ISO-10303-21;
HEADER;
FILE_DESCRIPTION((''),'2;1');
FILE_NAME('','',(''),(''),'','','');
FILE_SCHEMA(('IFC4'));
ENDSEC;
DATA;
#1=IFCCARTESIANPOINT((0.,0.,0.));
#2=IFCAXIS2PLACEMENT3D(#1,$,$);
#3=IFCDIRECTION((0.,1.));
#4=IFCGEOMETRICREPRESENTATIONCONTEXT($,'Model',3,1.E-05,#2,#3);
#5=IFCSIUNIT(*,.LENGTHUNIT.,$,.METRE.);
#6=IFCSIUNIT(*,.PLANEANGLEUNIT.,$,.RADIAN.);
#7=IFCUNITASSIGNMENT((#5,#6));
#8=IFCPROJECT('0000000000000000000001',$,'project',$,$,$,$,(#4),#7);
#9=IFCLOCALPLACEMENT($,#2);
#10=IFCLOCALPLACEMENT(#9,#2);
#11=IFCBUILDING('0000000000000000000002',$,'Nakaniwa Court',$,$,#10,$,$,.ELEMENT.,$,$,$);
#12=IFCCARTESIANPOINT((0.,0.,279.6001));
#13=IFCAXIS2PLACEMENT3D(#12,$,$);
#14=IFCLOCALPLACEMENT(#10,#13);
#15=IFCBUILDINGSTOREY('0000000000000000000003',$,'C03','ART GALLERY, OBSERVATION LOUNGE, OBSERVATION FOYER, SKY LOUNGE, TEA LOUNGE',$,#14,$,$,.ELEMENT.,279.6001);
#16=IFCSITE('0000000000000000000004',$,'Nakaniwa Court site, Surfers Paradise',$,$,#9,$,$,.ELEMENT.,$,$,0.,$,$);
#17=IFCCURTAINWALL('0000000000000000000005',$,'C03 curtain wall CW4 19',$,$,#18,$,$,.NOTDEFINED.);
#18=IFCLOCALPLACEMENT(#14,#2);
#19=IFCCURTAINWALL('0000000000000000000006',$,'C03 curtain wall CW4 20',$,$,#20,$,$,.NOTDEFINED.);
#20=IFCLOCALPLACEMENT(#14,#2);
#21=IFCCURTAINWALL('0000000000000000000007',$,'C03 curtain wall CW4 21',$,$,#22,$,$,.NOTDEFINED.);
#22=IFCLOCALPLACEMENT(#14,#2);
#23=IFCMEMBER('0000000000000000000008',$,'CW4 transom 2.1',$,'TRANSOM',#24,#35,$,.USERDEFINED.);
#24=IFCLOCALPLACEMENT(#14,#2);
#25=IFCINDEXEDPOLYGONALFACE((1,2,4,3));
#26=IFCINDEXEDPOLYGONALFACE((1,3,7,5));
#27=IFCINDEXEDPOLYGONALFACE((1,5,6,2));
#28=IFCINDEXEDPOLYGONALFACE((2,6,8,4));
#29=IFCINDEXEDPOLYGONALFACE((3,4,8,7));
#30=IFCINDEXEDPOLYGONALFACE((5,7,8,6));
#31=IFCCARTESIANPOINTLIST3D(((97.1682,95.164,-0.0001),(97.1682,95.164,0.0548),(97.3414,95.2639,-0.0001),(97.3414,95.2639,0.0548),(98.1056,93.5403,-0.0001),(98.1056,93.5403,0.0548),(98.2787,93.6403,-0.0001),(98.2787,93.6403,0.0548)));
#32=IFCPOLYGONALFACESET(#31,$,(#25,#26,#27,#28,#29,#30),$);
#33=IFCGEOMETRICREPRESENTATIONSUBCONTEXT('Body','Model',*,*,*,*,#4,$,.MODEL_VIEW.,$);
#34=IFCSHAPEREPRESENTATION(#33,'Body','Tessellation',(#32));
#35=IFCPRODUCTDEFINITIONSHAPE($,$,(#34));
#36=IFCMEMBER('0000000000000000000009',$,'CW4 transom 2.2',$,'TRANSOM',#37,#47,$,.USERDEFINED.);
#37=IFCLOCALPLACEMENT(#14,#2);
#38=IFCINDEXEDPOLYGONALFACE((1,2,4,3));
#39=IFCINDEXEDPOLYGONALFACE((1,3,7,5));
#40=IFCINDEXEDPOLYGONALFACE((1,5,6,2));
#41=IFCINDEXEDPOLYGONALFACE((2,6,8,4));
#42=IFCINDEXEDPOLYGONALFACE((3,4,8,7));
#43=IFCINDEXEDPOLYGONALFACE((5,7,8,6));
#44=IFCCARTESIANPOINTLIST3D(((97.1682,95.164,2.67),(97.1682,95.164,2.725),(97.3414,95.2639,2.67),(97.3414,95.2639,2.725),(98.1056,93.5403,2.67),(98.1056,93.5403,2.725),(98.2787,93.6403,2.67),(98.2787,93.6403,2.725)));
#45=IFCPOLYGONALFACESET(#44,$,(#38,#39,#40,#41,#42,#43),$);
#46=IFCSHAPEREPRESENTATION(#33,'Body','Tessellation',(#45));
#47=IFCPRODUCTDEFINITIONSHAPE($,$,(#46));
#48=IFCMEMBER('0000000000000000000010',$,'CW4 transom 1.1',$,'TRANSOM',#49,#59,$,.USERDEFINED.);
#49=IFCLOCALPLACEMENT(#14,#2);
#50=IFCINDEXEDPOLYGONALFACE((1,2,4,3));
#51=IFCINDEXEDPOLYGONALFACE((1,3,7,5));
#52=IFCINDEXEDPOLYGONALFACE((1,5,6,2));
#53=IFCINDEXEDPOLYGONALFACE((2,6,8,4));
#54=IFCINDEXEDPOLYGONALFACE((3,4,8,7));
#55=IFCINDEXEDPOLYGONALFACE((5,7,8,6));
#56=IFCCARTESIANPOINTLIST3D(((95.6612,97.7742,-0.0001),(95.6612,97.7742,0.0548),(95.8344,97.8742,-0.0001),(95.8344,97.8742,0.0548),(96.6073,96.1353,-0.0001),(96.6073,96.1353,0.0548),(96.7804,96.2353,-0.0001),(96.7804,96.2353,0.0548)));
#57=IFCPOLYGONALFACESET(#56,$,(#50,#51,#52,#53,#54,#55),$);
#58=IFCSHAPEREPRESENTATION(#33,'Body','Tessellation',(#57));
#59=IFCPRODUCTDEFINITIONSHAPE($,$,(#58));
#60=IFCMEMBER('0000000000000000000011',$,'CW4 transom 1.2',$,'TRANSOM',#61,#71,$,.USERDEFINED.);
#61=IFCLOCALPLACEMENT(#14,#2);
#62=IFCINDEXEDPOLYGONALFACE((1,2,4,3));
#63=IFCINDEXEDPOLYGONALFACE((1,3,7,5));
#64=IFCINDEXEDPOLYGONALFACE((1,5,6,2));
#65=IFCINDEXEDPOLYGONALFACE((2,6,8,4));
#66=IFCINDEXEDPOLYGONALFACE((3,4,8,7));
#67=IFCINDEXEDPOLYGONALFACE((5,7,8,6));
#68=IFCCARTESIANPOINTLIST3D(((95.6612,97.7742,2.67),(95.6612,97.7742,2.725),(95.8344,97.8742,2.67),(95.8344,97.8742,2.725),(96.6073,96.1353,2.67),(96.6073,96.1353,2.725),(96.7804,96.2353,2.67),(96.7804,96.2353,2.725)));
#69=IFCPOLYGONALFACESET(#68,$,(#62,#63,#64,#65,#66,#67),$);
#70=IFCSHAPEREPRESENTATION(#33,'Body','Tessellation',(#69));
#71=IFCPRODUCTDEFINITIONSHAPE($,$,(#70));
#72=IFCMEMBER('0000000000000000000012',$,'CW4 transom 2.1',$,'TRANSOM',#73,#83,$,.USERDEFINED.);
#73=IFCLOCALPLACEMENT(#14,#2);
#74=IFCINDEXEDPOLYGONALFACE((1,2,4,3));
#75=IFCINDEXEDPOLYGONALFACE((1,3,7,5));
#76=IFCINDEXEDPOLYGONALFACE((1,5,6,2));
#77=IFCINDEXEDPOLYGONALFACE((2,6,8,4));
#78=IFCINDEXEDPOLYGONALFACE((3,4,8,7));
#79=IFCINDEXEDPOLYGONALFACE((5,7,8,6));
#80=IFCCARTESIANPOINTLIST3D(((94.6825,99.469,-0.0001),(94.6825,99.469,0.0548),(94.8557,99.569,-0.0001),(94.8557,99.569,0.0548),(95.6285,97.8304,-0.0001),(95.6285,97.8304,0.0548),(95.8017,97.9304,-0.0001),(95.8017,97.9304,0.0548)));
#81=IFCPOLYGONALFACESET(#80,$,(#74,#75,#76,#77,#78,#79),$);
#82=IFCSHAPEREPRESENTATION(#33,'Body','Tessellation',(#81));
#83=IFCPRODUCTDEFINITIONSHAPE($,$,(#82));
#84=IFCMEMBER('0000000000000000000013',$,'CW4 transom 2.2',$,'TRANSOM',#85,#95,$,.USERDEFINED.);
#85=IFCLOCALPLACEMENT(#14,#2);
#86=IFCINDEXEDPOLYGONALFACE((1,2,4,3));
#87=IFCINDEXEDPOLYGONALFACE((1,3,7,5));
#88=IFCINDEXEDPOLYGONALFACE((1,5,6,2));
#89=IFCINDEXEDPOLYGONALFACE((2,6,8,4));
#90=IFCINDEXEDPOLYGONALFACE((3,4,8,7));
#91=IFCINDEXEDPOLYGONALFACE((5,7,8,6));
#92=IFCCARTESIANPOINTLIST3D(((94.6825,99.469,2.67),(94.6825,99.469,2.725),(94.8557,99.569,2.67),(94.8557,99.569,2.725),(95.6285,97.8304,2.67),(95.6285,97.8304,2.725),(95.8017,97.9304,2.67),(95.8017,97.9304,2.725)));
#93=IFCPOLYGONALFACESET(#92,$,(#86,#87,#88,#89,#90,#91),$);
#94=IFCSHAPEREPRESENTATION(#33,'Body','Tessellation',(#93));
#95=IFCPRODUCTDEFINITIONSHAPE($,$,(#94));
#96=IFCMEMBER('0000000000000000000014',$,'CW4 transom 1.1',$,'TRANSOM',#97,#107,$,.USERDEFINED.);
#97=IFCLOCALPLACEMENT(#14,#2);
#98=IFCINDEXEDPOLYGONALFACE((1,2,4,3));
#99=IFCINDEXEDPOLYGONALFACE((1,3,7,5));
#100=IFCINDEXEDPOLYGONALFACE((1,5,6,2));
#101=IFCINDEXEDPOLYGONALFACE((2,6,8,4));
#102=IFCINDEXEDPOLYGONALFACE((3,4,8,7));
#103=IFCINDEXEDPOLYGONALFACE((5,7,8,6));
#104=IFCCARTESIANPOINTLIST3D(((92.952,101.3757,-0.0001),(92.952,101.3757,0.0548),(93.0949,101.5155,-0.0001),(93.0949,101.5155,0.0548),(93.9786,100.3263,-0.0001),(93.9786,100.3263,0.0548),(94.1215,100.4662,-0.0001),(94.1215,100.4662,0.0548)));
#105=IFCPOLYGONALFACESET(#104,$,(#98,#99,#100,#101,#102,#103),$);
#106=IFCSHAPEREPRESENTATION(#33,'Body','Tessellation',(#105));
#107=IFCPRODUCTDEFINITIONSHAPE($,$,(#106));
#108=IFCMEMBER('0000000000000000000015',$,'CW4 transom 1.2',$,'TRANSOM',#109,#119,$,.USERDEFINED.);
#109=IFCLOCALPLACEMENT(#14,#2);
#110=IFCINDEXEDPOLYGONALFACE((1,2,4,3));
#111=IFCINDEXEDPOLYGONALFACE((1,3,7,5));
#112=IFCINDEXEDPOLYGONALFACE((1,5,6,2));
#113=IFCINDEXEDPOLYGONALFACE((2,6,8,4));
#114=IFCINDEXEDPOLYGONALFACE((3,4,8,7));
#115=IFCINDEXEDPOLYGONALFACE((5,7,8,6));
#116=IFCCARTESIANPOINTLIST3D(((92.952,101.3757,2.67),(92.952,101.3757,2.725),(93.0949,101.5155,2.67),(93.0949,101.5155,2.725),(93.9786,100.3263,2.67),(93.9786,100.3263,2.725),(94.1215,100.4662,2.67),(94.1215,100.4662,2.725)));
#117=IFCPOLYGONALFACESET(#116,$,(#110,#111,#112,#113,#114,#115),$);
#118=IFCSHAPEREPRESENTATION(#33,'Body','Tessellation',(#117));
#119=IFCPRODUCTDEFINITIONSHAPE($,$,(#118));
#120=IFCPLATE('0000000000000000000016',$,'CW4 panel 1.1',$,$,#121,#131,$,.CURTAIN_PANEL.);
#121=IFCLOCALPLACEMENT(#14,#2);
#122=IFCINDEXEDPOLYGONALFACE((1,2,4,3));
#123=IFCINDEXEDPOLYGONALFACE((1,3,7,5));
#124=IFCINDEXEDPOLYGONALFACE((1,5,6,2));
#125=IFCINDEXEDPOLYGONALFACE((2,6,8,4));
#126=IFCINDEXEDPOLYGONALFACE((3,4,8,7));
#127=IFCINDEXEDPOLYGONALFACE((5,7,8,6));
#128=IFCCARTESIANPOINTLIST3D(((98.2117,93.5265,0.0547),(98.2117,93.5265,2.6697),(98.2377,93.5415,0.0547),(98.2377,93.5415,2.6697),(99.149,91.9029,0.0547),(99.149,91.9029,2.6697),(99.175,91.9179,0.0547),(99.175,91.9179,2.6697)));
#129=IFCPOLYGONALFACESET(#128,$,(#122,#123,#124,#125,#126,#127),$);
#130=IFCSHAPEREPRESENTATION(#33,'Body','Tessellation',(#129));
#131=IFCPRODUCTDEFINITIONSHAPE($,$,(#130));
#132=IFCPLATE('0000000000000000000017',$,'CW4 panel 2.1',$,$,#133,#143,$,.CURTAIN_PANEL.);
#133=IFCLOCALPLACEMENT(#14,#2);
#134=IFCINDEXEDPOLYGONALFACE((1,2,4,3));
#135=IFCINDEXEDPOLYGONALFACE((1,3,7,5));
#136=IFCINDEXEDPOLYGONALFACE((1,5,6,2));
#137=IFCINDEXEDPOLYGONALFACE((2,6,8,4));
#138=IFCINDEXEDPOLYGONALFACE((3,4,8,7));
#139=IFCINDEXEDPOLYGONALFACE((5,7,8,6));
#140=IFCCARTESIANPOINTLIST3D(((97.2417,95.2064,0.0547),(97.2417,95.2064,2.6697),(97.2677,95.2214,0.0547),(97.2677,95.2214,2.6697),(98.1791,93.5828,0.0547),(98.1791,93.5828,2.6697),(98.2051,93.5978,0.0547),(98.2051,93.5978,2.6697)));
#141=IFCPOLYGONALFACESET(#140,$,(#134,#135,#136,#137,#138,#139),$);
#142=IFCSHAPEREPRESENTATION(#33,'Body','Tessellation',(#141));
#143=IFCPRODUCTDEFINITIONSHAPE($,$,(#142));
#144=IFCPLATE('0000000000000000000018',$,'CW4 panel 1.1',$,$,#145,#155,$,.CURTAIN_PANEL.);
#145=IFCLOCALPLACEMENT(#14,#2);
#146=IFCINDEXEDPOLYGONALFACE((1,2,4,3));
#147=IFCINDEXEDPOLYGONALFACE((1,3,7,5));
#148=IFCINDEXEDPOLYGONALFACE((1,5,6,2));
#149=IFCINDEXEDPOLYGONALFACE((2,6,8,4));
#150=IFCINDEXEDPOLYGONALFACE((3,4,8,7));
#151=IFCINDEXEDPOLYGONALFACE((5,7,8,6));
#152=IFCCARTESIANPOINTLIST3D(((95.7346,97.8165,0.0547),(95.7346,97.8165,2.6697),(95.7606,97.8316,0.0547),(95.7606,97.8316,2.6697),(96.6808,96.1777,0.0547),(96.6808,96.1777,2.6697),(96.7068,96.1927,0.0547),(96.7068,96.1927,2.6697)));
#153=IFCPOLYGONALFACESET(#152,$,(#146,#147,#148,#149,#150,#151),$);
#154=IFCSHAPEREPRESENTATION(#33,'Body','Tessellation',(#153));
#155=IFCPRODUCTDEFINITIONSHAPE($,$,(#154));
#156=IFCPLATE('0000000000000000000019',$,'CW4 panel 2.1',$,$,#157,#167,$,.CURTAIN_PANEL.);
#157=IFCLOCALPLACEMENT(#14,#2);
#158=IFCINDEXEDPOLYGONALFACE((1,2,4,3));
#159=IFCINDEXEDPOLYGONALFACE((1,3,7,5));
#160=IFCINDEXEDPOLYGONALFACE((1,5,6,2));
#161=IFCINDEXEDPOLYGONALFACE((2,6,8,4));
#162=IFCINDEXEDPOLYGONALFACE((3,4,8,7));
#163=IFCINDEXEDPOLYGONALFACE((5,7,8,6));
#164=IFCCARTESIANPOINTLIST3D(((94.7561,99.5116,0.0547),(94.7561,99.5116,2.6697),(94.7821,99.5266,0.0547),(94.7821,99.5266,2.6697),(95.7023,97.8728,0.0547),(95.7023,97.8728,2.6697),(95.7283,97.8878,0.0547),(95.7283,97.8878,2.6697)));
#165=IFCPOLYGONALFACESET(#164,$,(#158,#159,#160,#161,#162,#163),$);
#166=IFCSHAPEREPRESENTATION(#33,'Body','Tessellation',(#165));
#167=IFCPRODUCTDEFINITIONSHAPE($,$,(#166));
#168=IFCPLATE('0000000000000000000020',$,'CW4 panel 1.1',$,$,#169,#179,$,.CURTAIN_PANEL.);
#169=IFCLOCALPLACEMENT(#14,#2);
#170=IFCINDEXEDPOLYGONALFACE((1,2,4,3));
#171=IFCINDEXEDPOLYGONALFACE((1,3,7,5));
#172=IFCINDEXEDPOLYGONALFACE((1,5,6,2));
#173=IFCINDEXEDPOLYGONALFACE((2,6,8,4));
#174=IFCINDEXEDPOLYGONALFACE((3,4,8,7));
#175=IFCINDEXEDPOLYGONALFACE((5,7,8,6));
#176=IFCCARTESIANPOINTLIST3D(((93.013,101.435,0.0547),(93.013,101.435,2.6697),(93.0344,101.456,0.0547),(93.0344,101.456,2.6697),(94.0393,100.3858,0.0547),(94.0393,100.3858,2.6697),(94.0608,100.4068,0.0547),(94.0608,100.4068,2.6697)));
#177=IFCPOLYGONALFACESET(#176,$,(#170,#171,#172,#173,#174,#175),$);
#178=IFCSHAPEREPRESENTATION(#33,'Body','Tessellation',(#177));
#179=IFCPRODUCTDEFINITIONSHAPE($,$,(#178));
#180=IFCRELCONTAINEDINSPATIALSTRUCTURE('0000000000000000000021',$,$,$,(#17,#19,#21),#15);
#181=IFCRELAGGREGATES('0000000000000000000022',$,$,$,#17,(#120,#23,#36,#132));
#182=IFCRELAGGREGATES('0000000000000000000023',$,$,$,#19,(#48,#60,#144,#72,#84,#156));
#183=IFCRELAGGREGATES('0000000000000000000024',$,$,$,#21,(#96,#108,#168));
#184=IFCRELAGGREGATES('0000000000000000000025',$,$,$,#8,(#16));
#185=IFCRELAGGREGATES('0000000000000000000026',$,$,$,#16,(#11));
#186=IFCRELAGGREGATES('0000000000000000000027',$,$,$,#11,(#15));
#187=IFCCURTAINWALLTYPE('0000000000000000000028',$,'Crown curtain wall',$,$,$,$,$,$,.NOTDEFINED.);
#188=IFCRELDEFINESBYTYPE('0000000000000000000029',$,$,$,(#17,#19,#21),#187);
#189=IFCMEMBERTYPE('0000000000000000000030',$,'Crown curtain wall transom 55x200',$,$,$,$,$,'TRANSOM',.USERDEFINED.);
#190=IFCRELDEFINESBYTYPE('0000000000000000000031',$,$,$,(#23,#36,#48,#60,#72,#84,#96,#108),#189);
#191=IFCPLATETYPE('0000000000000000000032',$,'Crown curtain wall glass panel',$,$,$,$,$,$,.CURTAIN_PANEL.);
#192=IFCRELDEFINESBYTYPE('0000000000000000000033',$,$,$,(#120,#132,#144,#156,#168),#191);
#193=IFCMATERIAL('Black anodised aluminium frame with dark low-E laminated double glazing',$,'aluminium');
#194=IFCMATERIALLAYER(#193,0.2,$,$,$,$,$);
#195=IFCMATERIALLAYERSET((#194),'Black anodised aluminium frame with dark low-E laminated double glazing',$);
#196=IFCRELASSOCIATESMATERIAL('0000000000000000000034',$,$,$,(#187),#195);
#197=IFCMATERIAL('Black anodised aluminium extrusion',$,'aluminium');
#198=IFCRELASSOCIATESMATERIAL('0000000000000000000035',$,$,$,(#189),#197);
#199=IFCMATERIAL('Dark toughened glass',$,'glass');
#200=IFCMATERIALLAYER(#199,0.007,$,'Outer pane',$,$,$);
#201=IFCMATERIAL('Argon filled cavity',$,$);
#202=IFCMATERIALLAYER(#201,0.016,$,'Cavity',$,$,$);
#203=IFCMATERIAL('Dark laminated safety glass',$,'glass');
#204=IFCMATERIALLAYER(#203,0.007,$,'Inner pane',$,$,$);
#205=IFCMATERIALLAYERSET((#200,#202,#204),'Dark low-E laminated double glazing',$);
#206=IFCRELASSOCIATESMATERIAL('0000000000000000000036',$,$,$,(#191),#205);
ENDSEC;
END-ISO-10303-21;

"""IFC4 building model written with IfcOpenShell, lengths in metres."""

from ifc_helpers import new_model, si_unit, direction, frame, origin, origin_2d, place, context, subcontext, project, spatial, rectangle, extrude, material, layer, layer_set, material_profile, profile_set, type_object, element, aggregate, save


model = new_model("IFC4")

# Units and contexts
model_context = context("Model", 3, precision=1e-05, world=origin(), true_north=direction((0.0, 1.0)))
body_context = subcontext(model_context, "Body", "Model", "MODEL_VIEW")
ifc_project = project(units=[si_unit("LENGTHUNIT", "METRE"), si_unit("PLANEANGLEUNIT", "RADIAN")], contexts=[model_context])

# Site, building, storey
site_placement = place(None, origin())
site = spatial("IfcSite", under=ifc_project, at=site_placement, Name="Nakaniwa Court site, Surfers Paradise", CompositionType="ELEMENT", RefElevation=0.0)
building_placement = place(site_placement, origin())
building = spatial("IfcBuilding", under=site, at=building_placement, Name="Nakaniwa Court", CompositionType="ELEMENT")
storey_placement = place(building_placement, frame((0.0, 0.0, 279.6001)))
storey = spatial("IfcBuildingStorey", under=building, at=storey_placement, Name="C03", Description="ART GALLERY, OBSERVATION LOUNGE, OBSERVATION FOYER, SKY LOUNGE, TEA LOUNGE", CompositionType="ELEMENT", Elevation=279.6001)

# Curtain walls
ifc_material_1 = material(Name="Black anodised aluminium frame with dark low-E laminated double glazing", Category="aluminium")
ifc_layer_1 = layer(ifc_material_1, 0.2)
ifc_layer_set_1 = layer_set([ifc_layer_1], Name="Black anodised aluminium frame with dark low-E laminated double glazing")
curtain_wall_type = type_object("IfcCurtainWallType", Name="Crown curtain wall", PredefinedType="NOTDEFINED", material=ifc_layer_set_1)
curtain_wall_1_placement = place(storey_placement, origin())
curtain_wall_1 = element("IfcCurtainWall", 1, at=curtain_wall_1_placement, inside=storey, type_object=curtain_wall_type, Name="C03 curtain wall CW4 19", PredefinedType="NOTDEFINED")
ifc_material_2 = material(Name="Black anodised aluminium extrusion", Category="aluminium")
curtain_wall_2_placement = place(storey_placement, origin())
curtain_wall_2 = element("IfcCurtainWall", 2, at=curtain_wall_2_placement, inside=storey, type_object=curtain_wall_type, Name="C03 curtain wall CW4 20", PredefinedType="NOTDEFINED")
curtain_wall_3_placement = place(storey_placement, origin())
curtain_wall_3 = element("IfcCurtainWall", 3, at=curtain_wall_3_placement, inside=storey, type_object=curtain_wall_type, Name="C03 curtain wall CW4 21", PredefinedType="NOTDEFINED")

# Members
ifc_material_profile_1 = material_profile(ifc_material_2, rectangle(XDim=0.2, YDim=0.0549, at=origin_2d()), Name="Crown curtain wall transom 55x200")
ifc_profile_set_1 = profile_set([ifc_material_profile_1], Name="Black anodised aluminium extrusion")
member_type_1 = type_object("IfcMemberType", Name="Crown curtain wall transom 55x200", ElementType="TRANSOM", PredefinedType="USERDEFINED", material=ifc_profile_set_1)
member_1_placement = place(storey_placement, frame((98.1921, 93.5903, 0.0273), z_axis=(-0.499963, 0.866047, 0.0), x_axis=(-0.866047, -0.499963, 0.0)))
member_1 = element("IfcMember", 4, at=member_1_placement, type_object=member_type_1, Name="CW4 transom 2.1", ObjectType="TRANSOM", PredefinedType="USERDEFINED", context=body_context, shape_type="SweptSolid", body=[
    extrude(rectangle(XDim=0.2, YDim=0.0549, at=origin_2d()), origin(), (0.0, 0.0, 1.0), 1.8748),
])
member_2_placement = place(storey_placement, frame((98.1921, 93.5903, 2.6975), z_axis=(-0.499963, 0.866047, 0.0), x_axis=(-0.866047, -0.499963, 0.0)))
member_2 = element("IfcMember", 5, at=member_2_placement, type_object=member_type_1, Name="CW4 transom 2.2", ObjectType="TRANSOM", PredefinedType="USERDEFINED", context=body_context, shape_type="SweptSolid", body=[
    extrude(rectangle(XDim=0.2, YDim=0.0549, at=origin_2d()), origin(), (0.0, 0.0, 1.0), 1.8748),
])
member_3_placement = place(storey_placement, frame((96.6938, 96.1853, 0.0273), z_axis=(-0.499927, 0.866067, 0.0), x_axis=(-0.866067, -0.499927, 0.0)))
member_3 = element("IfcMember", 6, at=member_3_placement, type_object=member_type_1, Name="CW4 transom 1.1", ObjectType="TRANSOM", PredefinedType="USERDEFINED", context=body_context, shape_type="SweptSolid", body=[
    extrude(rectangle(XDim=0.2, YDim=0.0549, at=origin_2d()), origin(), (0.0, 0.0, 1.0), 1.8923),
])
member_4_placement = place(storey_placement, frame((96.6938, 96.1853, 2.6975), z_axis=(-0.499927, 0.866067, 0.0), x_axis=(-0.866067, -0.499927, 0.0)))
member_4 = element("IfcMember", 7, at=member_4_placement, type_object=member_type_1, Name="CW4 transom 1.2", ObjectType="TRANSOM", PredefinedType="USERDEFINED", context=body_context, shape_type="SweptSolid", body=[
    extrude(rectangle(XDim=0.2, YDim=0.0549, at=origin_2d()), origin(), (0.0, 0.0, 1.0), 1.8923),
])
member_5_placement = place(storey_placement, frame((95.7151, 97.8804, 0.0273), z_axis=(-0.499983, 0.866035, 0.0), x_axis=(-0.866035, -0.499983, 0.0)))
member_5 = element("IfcMember", 8, at=member_5_placement, type_object=member_type_1, Name="CW4 transom 2.1", ObjectType="TRANSOM", PredefinedType="USERDEFINED", context=body_context, shape_type="SweptSolid", body=[
    extrude(rectangle(XDim=0.2, YDim=0.0549, at=origin_2d()), origin(), (0.0, 0.0, 1.0), 1.8921),
])
member_6_placement = place(storey_placement, frame((95.7151, 97.8804, 2.6975), z_axis=(-0.499983, 0.866035, 0.0), x_axis=(-0.866035, -0.499983, 0.0)))
member_6 = element("IfcMember", 9, at=member_6_placement, type_object=member_type_1, Name="CW4 transom 2.2", ObjectType="TRANSOM", PredefinedType="USERDEFINED", context=body_context, shape_type="SweptSolid", body=[
    extrude(rectangle(XDim=0.2, YDim=0.0549, at=origin_2d()), origin(), (0.0, 0.0, 1.0), 1.8921),
])
member_7_placement = place(storey_placement, frame((94.05, 100.3962, 0.0273), z_axis=(-0.699331, 0.714798, 0.0), x_axis=(-0.714798, -0.699331, 0.0)))
member_7 = element("IfcMember", 10, at=member_7_placement, type_object=member_type_1, Name="CW4 transom 1.1", ObjectType="TRANSOM", PredefinedType="USERDEFINED", context=body_context, shape_type="SweptSolid", body=[
    extrude(rectangle(XDim=0.2, YDim=0.0549, at=origin_2d()), origin(), (0.0, 0.0, 1.0), 1.468),
])
member_8_placement = place(storey_placement, frame((94.05, 100.3962, 2.6975), z_axis=(-0.699331, 0.714798, 0.0), x_axis=(-0.714798, -0.699331, 0.0)))
member_8 = element("IfcMember", 11, at=member_8_placement, type_object=member_type_1, Name="CW4 transom 1.2", ObjectType="TRANSOM", PredefinedType="USERDEFINED", context=body_context, shape_type="SweptSolid", body=[
    extrude(rectangle(XDim=0.2, YDim=0.0549, at=origin_2d()), origin(), (0.0, 0.0, 1.0), 1.468),
])

# Plates
ifc_material_3 = material(Name="Dark toughened glass", Category="glass")
ifc_layer_2 = layer(ifc_material_3, 0.007, Name="Outer pane")
ifc_material_4 = material(Name="Argon filled cavity")
ifc_layer_3 = layer(ifc_material_4, 0.016, Name="Cavity")
ifc_material_5 = material(Name="Dark laminated safety glass", Category="glass")
ifc_layer_4 = layer(ifc_material_5, 0.007, Name="Inner pane")
ifc_layer_set_2 = layer_set([ifc_layer_2, ifc_layer_3, ifc_layer_4], Name="Dark low-E laminated double glazing")
plate_type = type_object("IfcPlateType", Name="Crown curtain wall glass panel", PredefinedType="CURTAIN_PANEL", material=ifc_layer_set_2)
plate_1_placement = place(storey_placement, frame((98.6934, 92.7222, 0.0547), z_axis=(0.0, 0.0, 1.0), x_axis=(-0.499987, 0.866033, 0.0)))
plate_1 = element("IfcPlate", 12, at=plate_1_placement, type_object=plate_type, Name="CW4 panel 1.1", PredefinedType="CURTAIN_PANEL", context=body_context, shape_type="SweptSolid", body=[
    extrude(rectangle(XDim=1.8748, YDim=0.03, at=origin_2d()), origin(), (0.0, 0.0, 1.0), 2.615),
])
plate_2_placement = place(storey_placement, frame((97.7234, 94.4021, 0.0547), z_axis=(0.0, 0.0, 1.0), x_axis=(-0.499987, 0.866033, 0.0)))
plate_2 = element("IfcPlate", 13, at=plate_2_placement, type_object=plate_type, Name="CW4 panel 2.1", PredefinedType="CURTAIN_PANEL", context=body_context, shape_type="SweptSolid", body=[
    extrude(rectangle(XDim=1.8748, YDim=0.03, at=origin_2d()), origin(), (0.0, 0.0, 1.0), 2.615),
])
aggregate(curtain_wall_1, [plate_1, member_1, member_2, plate_2])
plate_3_placement = place(storey_placement, frame((96.2207, 97.0046, 0.0547), z_axis=(0.0, 0.0, 1.0), x_axis=(-0.499996, 0.866028, 0.0)))
plate_3 = element("IfcPlate", 14, at=plate_3_placement, type_object=plate_type, Name="CW4 panel 1.1", PredefinedType="CURTAIN_PANEL", context=body_context, shape_type="SweptSolid", body=[
    extrude(rectangle(XDim=1.8923, YDim=0.03, at=origin_2d()), origin(), (0.0, 0.0, 1.0), 2.615),
])
plate_4_placement = place(storey_placement, frame((95.2422, 98.6997, 0.0547), z_axis=(0.0, 0.0, 1.0), x_axis=(-0.499996, 0.866028, 0.0)))
plate_4 = element("IfcPlate", 15, at=plate_4_placement, type_object=plate_type, Name="CW4 panel 2.1", PredefinedType="CURTAIN_PANEL", context=body_context, shape_type="SweptSolid", body=[
    extrude(rectangle(XDim=1.8923, YDim=0.03, at=origin_2d()), origin(), (0.0, 0.0, 1.0), 2.615),
])
aggregate(curtain_wall_2, [member_3, member_4, plate_3, member_5, member_6, plate_4])
plate_5_placement = place(storey_placement, frame((93.5369, 100.9209, 0.0547), z_axis=(0.0, 0.0, 1.0), x_axis=(-0.699241, 0.714886, 0.0)))
plate_5 = element("IfcPlate", 16, at=plate_5_placement, type_object=plate_type, Name="CW4 panel 1.1", PredefinedType="CURTAIN_PANEL", context=body_context, shape_type="SweptSolid", body=[
    extrude(rectangle(XDim=1.4678, YDim=0.03, at=origin_2d()), origin(), (0.0, 0.0, 1.0), 2.615),
])
aggregate(curtain_wall_3, [member_7, member_8, plate_5])

save(model, "model.ifc")
